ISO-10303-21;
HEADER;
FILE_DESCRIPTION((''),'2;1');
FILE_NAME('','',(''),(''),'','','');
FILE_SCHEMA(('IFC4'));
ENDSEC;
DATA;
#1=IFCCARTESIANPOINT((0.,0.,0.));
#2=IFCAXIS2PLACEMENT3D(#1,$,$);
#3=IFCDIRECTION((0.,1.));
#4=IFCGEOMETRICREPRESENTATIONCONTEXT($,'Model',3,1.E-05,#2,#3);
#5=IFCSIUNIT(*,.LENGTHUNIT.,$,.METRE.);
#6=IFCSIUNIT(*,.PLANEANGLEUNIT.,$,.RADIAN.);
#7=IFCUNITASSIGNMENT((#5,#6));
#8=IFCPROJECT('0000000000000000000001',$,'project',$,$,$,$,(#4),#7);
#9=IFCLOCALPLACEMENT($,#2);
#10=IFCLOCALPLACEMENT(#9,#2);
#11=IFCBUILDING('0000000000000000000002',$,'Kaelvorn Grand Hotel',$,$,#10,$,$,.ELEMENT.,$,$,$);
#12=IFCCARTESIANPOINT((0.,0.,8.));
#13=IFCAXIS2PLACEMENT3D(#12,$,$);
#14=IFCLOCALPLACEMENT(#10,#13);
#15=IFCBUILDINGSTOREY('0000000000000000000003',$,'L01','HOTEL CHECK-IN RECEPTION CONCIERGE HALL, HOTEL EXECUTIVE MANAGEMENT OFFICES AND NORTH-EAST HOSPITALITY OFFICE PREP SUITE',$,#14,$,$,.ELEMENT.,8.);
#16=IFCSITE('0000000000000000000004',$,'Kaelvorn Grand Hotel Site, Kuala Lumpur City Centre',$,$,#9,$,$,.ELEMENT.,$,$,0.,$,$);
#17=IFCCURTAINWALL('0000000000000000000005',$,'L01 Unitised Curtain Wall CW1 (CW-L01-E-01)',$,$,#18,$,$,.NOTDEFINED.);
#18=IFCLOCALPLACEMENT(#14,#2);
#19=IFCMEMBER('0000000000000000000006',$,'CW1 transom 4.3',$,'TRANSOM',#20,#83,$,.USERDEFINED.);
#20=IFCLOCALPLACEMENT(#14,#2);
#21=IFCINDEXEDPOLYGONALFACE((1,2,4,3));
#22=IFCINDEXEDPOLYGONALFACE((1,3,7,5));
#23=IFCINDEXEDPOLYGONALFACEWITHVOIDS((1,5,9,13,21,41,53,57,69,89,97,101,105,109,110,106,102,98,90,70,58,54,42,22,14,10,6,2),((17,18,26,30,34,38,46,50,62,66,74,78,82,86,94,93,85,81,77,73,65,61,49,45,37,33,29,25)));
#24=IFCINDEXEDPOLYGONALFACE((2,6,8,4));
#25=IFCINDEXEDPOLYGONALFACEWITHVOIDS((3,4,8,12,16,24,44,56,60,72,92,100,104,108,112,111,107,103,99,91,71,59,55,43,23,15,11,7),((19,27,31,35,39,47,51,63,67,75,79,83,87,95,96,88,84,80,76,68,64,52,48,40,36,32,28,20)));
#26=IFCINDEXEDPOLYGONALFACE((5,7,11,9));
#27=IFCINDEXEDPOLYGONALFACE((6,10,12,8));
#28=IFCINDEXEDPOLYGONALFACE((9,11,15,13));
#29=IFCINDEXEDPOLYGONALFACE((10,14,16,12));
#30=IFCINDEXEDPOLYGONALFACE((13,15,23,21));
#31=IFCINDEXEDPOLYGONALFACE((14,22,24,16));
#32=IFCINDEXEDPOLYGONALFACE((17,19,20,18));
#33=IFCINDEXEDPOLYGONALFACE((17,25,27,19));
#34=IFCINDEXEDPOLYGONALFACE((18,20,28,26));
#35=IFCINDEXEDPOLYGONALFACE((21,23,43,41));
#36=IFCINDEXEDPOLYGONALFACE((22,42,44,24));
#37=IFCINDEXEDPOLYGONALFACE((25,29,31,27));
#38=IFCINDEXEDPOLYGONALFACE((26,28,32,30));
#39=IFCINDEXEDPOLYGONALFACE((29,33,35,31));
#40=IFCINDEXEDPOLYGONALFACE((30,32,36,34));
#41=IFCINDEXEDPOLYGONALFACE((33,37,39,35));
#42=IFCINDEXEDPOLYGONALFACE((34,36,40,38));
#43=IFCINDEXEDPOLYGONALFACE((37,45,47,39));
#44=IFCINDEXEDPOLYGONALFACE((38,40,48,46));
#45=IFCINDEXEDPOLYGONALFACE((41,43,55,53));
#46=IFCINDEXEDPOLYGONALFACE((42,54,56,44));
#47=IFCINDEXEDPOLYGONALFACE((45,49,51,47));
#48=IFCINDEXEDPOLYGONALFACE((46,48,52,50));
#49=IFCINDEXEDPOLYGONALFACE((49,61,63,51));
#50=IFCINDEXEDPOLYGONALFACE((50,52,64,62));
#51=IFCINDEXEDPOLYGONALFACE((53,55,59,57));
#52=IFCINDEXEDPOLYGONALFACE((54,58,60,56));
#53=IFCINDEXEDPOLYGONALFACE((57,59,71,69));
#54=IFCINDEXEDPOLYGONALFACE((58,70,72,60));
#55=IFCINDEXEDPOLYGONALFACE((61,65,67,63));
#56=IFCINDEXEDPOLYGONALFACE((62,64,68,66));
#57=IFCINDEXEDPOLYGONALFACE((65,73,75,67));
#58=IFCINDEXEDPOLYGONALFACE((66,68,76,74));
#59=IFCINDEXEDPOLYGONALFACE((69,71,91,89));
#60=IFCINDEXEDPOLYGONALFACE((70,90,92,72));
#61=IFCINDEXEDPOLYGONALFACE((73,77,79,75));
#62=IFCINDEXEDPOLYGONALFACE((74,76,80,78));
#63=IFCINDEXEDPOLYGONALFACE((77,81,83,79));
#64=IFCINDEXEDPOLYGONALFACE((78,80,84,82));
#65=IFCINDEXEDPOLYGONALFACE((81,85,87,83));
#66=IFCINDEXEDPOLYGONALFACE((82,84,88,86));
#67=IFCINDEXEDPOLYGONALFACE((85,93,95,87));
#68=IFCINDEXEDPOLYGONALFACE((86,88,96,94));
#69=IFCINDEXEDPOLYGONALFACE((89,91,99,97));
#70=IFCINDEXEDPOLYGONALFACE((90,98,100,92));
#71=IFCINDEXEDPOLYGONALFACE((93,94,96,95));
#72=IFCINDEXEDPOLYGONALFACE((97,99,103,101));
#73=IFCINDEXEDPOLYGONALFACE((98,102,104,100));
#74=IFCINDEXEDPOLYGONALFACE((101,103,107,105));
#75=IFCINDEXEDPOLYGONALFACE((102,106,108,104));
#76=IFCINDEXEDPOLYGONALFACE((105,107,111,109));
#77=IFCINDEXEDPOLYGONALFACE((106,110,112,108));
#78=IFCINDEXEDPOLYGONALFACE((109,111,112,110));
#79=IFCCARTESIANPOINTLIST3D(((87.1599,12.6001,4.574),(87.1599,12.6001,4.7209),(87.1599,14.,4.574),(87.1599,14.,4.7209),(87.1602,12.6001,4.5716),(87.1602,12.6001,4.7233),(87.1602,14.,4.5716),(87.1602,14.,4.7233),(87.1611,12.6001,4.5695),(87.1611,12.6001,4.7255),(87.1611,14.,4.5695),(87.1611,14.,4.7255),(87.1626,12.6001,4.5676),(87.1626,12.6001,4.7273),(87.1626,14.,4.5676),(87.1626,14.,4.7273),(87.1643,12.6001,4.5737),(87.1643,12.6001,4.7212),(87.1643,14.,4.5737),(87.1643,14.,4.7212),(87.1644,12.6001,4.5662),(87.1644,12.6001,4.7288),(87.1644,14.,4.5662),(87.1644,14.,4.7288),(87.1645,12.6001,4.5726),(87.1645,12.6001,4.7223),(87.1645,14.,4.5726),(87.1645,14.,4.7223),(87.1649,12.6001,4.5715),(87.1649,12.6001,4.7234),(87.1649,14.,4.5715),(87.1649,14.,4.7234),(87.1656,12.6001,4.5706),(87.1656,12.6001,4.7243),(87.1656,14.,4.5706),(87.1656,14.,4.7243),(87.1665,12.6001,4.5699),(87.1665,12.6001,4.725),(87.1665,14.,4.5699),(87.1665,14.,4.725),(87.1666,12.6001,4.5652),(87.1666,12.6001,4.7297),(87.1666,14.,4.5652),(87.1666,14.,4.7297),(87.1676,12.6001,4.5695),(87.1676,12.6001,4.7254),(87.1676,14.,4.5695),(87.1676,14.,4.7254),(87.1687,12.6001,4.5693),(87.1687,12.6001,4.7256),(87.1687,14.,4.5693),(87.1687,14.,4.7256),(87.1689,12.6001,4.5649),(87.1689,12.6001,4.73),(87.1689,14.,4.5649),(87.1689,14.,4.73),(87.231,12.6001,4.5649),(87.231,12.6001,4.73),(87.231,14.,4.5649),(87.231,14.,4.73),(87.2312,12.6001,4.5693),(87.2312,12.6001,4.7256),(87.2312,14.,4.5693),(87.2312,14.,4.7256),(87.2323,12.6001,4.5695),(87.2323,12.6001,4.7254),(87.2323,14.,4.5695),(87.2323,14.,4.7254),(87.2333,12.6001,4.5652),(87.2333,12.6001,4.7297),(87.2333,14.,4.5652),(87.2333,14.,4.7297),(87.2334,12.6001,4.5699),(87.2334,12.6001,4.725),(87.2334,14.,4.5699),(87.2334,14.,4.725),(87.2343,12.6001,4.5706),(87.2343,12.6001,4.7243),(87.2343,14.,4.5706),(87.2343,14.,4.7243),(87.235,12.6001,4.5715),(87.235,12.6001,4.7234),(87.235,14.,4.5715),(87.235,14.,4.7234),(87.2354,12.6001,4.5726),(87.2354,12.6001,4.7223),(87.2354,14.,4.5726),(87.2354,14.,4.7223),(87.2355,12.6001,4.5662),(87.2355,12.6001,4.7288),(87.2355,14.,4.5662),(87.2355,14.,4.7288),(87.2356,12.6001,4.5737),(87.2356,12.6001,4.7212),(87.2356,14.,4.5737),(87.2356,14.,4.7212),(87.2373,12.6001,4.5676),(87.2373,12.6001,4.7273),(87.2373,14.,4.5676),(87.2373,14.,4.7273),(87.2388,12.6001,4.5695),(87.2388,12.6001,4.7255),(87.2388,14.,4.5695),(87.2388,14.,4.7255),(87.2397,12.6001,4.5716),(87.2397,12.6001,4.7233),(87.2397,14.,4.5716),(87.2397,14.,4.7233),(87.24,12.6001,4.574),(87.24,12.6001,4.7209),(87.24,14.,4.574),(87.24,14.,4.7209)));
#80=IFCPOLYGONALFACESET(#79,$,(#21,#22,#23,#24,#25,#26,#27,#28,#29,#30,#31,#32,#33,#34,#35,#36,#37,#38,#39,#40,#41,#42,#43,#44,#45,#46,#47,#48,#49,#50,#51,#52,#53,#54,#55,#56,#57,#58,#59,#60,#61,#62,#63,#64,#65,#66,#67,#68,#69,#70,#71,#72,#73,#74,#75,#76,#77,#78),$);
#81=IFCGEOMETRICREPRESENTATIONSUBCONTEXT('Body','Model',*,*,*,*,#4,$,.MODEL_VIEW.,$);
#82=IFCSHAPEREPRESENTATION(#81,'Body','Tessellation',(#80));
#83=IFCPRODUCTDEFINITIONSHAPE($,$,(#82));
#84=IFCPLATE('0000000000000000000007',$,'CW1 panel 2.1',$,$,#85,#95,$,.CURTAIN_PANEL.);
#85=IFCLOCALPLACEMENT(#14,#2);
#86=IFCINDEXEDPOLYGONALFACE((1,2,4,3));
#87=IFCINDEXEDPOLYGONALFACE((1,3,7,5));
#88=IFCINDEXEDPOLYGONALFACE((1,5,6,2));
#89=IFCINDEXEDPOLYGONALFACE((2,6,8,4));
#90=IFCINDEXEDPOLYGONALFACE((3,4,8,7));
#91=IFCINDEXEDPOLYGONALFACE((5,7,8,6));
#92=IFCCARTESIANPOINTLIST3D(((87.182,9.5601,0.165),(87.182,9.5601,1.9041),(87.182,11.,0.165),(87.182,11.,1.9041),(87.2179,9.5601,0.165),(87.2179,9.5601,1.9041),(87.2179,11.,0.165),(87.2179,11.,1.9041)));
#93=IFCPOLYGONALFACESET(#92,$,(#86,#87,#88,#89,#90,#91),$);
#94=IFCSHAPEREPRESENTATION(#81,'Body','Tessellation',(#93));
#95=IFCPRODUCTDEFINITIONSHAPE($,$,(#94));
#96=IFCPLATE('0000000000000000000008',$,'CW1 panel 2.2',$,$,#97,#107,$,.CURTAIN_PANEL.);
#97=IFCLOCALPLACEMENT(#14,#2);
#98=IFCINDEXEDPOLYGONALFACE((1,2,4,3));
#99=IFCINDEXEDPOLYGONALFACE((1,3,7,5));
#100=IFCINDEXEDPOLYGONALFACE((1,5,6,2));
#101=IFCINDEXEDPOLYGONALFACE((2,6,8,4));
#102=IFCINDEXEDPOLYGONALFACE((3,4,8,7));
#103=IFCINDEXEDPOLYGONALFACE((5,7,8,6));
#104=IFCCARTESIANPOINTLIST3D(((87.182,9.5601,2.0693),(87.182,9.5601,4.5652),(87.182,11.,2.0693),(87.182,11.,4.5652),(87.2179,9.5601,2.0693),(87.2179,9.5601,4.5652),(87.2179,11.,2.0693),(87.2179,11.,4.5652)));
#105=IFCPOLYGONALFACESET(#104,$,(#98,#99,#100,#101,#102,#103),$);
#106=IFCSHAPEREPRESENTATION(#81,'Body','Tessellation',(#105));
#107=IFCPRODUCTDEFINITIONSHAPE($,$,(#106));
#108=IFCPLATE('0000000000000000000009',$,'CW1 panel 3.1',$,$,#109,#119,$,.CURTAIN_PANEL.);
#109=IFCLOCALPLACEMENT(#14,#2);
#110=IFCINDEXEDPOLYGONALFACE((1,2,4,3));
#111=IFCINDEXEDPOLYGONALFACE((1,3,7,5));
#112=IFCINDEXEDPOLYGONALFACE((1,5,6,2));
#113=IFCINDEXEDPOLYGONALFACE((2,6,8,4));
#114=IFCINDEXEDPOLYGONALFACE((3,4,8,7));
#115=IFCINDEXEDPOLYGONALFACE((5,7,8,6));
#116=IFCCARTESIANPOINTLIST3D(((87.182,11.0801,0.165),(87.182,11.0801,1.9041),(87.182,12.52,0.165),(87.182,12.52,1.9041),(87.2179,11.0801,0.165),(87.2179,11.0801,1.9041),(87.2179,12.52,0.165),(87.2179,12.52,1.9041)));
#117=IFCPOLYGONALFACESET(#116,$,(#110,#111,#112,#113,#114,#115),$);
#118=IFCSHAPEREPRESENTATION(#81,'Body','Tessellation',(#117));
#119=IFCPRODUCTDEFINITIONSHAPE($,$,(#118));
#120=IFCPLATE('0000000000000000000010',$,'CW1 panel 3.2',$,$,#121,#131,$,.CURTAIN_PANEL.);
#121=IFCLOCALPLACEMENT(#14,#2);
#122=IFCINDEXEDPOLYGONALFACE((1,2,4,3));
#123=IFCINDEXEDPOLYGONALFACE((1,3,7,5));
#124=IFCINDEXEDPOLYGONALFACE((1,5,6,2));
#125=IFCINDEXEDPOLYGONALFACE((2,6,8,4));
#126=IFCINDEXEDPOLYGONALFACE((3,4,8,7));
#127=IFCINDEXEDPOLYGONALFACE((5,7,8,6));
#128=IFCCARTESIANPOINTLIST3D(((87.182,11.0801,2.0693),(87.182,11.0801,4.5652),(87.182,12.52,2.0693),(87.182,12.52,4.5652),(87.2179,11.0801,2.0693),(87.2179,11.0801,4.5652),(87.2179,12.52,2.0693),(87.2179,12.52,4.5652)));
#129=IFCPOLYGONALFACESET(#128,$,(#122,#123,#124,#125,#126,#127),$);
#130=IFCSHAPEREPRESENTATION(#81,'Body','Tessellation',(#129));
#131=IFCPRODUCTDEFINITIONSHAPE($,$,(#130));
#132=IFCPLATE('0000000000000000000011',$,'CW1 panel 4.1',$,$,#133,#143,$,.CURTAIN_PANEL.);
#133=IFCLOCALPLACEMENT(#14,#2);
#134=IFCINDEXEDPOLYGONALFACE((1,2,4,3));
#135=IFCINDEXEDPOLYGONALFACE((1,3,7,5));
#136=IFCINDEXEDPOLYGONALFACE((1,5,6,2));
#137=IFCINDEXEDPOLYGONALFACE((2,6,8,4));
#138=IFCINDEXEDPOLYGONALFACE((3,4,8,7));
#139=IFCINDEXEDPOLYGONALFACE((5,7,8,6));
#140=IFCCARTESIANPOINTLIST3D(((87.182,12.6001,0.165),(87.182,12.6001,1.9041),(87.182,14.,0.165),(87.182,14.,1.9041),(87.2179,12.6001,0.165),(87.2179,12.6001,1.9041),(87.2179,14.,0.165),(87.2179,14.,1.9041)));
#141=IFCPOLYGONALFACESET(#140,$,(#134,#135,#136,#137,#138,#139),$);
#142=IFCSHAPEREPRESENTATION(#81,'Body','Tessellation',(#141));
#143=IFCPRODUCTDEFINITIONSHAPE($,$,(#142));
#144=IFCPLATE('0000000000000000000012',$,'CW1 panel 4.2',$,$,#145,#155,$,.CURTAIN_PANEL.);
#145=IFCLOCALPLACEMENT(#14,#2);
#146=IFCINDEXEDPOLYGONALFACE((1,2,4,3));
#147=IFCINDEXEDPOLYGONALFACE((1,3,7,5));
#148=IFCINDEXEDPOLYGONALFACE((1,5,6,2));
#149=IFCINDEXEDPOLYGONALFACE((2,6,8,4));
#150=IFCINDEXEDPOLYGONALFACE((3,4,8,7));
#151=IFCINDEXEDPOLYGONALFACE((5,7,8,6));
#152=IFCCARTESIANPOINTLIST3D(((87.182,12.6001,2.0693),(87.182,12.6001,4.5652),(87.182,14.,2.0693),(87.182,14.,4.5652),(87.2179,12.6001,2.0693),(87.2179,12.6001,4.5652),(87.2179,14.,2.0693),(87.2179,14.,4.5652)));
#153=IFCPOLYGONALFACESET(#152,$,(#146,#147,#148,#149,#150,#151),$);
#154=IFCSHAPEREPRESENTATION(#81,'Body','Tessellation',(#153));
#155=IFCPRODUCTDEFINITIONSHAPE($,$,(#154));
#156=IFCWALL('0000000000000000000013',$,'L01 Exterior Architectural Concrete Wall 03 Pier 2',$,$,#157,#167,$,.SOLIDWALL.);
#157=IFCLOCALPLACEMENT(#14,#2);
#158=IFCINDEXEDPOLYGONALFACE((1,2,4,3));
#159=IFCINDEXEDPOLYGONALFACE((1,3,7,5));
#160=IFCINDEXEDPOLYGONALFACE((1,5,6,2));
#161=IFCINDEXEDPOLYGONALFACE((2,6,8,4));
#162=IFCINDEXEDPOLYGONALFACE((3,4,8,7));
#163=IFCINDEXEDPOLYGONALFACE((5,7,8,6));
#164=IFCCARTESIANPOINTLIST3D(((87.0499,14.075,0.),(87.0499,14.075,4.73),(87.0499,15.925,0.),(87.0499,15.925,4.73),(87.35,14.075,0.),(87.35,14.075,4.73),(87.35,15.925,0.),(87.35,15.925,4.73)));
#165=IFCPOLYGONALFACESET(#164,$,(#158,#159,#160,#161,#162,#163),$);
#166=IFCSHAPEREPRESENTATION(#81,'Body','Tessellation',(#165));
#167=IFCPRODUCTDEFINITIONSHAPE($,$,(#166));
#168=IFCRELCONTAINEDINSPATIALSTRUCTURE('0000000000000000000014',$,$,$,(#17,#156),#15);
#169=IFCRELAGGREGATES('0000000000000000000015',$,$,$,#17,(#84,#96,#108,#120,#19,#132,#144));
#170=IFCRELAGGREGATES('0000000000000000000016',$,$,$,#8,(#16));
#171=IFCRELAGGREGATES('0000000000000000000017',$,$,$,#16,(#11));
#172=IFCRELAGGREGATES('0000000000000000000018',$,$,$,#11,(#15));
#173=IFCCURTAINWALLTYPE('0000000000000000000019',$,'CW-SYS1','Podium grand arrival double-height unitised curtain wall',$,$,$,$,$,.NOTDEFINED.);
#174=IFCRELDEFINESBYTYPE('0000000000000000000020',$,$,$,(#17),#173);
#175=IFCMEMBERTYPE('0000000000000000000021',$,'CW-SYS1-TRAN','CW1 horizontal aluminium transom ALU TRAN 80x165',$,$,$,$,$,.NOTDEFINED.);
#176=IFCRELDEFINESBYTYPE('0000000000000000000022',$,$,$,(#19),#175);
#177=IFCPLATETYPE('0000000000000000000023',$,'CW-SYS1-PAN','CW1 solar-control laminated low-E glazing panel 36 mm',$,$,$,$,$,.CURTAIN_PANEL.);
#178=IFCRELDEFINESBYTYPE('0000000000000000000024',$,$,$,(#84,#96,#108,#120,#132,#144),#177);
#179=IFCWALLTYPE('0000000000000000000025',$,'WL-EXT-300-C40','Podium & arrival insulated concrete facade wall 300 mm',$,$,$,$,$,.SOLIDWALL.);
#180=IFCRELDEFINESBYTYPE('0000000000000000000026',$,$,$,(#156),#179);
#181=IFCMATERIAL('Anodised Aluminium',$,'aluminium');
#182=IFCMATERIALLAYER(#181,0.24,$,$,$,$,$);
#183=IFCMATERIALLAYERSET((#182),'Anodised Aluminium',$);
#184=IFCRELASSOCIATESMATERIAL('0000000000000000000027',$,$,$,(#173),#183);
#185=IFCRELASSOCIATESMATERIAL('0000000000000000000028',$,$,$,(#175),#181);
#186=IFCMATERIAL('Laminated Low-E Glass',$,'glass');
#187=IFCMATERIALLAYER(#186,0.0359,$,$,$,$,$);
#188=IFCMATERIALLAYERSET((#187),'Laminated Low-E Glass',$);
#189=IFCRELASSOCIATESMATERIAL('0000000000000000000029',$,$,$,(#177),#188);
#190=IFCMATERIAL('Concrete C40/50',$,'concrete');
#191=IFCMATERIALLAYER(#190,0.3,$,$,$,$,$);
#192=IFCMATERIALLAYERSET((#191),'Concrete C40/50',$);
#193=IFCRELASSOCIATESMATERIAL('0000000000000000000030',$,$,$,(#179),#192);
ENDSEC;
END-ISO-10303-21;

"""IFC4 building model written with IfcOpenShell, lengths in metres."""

from ifc_helpers import new_model, si_unit, direction, frame, frame_2d, origin, origin_2d, place, context, subcontext, project, spatial, rectangle, hollow_rectangle, extrude, material, layer, layer_set, material_profile, profile_set, type_object, element, aggregate, save


model = new_model("IFC4")

# Units and contexts
model_context = context("Model", 3, precision=1e-05, world=origin(), true_north=direction((0.0, 1.0)))
body_context = subcontext(model_context, "Body", "Model", "MODEL_VIEW")
ifc_project = project(units=[si_unit("LENGTHUNIT", "METRE"), si_unit("PLANEANGLEUNIT", "RADIAN")], contexts=[model_context])

# Site, building, storey
site_placement = place(None, origin())
site = spatial("IfcSite", under=ifc_project, at=site_placement, Name="Kaelvorn Grand Hotel Site, Kuala Lumpur City Centre", CompositionType="ELEMENT", RefElevation=0.0)
building_placement = place(site_placement, origin())
building = spatial("IfcBuilding", under=site, at=building_placement, Name="Kaelvorn Grand Hotel", CompositionType="ELEMENT")
storey_placement = place(building_placement, frame((0.0, 0.0, 8.0)))
storey = spatial("IfcBuildingStorey", under=building, at=storey_placement, Name="L01", Description="HOTEL CHECK-IN RECEPTION CONCIERGE HALL, HOTEL EXECUTIVE MANAGEMENT OFFICES AND NORTH-EAST HOSPITALITY OFFICE PREP SUITE", CompositionType="ELEMENT", Elevation=8.0)

# Curtain wall, member, plates
ifc_material_1 = material(Name="Anodised Aluminium", Category="aluminium")
ifc_layer_1 = layer(ifc_material_1, 0.24)
ifc_layer_set_1 = layer_set([ifc_layer_1], Name="Anodised Aluminium")
curtain_wall_type = type_object("IfcCurtainWallType", Name="CW-SYS1", Description="Podium grand arrival double-height unitised curtain wall", PredefinedType="NOTDEFINED", material=ifc_layer_set_1)
curtain_wall_placement = place(storey_placement, origin())
curtain_wall = element("IfcCurtainWall", 1, at=curtain_wall_placement, inside=storey, type_object=curtain_wall_type, Name="L01 Unitised Curtain Wall CW1 (CW-L01-E-01)", PredefinedType="NOTDEFINED")
ifc_material_profile_1 = material_profile(ifc_material_1, hollow_rectangle(XDim=0.0801, YDim=0.165, WallThickness=0.0044, InnerFilletRadius=0.0044, OuterFilletRadius=0.009, at=origin_2d()), Name="ALU TRAN 80x165")
ifc_profile_set_1 = profile_set([ifc_material_profile_1], Name="Anodised Aluminium")
member_type_1 = type_object("IfcMemberType", Name="CW-SYS1-TRAN", Description="CW1 horizontal aluminium transom ALU TRAN 80x165", PredefinedType="NOTDEFINED", material=ifc_profile_set_1)
member_1_placement = place(storey_placement, frame((87.2, 12.6001, 4.6475), z_axis=(0.0, 1.0, 0.0), x_axis=(-1.0, 0.0, 0.0)))
member_1 = element("IfcMember", 2, at=member_1_placement, type_object=member_type_1, Name="CW1 transom 4.3", ObjectType="TRANSOM", PredefinedType="USERDEFINED", context=body_context, shape_type="SweptSolid", body=[
    extrude(hollow_rectangle(XDim=0.0801, YDim=0.165, WallThickness=0.0044, InnerFilletRadius=0.0044, OuterFilletRadius=0.009, at=origin_2d()), origin(), (0.0, 0.0, 1.0), 1.3999),
])
ifc_material_2 = material(Name="Laminated Low-E Glass", Category="glass")
ifc_layer_2 = layer(ifc_material_2, 0.0359)
ifc_layer_set_2 = layer_set([ifc_layer_2], Name="Laminated Low-E Glass")
plate_type = type_object("IfcPlateType", Name="CW-SYS1-PAN", Description="CW1 solar-control laminated low-E glazing panel 36 mm", PredefinedType="CURTAIN_PANEL", material=ifc_layer_set_2)
plate_1_placement = place(storey_placement, frame((87.2, 10.28, 0.165), z_axis=(0.0, 0.0, 1.0), x_axis=(0.0, 1.0, 0.0)))
plate_1 = element("IfcPlate", 3, at=plate_1_placement, type_object=plate_type, Name="CW1 panel 2.1", PredefinedType="CURTAIN_PANEL", context=body_context, shape_type="SweptSolid", body=[
    extrude(rectangle(XDim=1.4399, YDim=0.0359, at=origin_2d()), origin(), (0.0, 0.0, 1.0), 1.739),
])
plate_2_placement = place(storey_placement, frame((87.2, 10.28, 2.0693), z_axis=(0.0, 0.0, 1.0), x_axis=(0.0, 1.0, 0.0)))
plate_2 = element("IfcPlate", 4, at=plate_2_placement, type_object=plate_type, Name="CW1 panel 2.2", PredefinedType="CURTAIN_PANEL", context=body_context, shape_type="SweptSolid", body=[
    extrude(rectangle(XDim=1.4399, YDim=0.0359, at=origin_2d()), origin(), (0.0, 0.0, 1.0), 2.4958),
])
plate_3_placement = place(storey_placement, frame((87.2, 11.8, 0.165), z_axis=(0.0, 0.0, 1.0), x_axis=(0.0, 1.0, 0.0)))
plate_3 = element("IfcPlate", 5, at=plate_3_placement, type_object=plate_type, Name="CW1 panel 3.1", PredefinedType="CURTAIN_PANEL", context=body_context, shape_type="SweptSolid", body=[
    extrude(rectangle(XDim=1.4399, YDim=0.0359, at=origin_2d()), origin(), (0.0, 0.0, 1.0), 1.739),
])
plate_4_placement = place(storey_placement, frame((87.2, 11.8, 2.0693), z_axis=(0.0, 0.0, 1.0), x_axis=(0.0, 1.0, 0.0)))
plate_4 = element("IfcPlate", 6, at=plate_4_placement, type_object=plate_type, Name="CW1 panel 3.2", PredefinedType="CURTAIN_PANEL", context=body_context, shape_type="SweptSolid", body=[
    extrude(rectangle(XDim=1.4399, YDim=0.0359, at=origin_2d()), origin(), (0.0, 0.0, 1.0), 2.4958),
])
plate_5_placement = place(storey_placement, frame((87.2, 13.3, 0.165), z_axis=(0.0, 0.0, 1.0), x_axis=(0.0, 1.0, 0.0)))
plate_5 = element("IfcPlate", 7, at=plate_5_placement, type_object=plate_type, Name="CW1 panel 4.1", PredefinedType="CURTAIN_PANEL", context=body_context, shape_type="SweptSolid", body=[
    extrude(rectangle(XDim=1.3999, YDim=0.0359, at=origin_2d()), origin(), (0.0, 0.0, 1.0), 1.739),
])
plate_6_placement = place(storey_placement, frame((87.2, 13.3, 2.0693), z_axis=(0.0, 0.0, 1.0), x_axis=(0.0, 1.0, 0.0)))
plate_6 = element("IfcPlate", 8, at=plate_6_placement, type_object=plate_type, Name="CW1 panel 4.2", PredefinedType="CURTAIN_PANEL", context=body_context, shape_type="SweptSolid", body=[
    extrude(rectangle(XDim=1.3999, YDim=0.0359, at=origin_2d()), origin(), (0.0, 0.0, 1.0), 2.4958),
])
aggregate(curtain_wall, [plate_1, plate_2, plate_3, plate_4, member_1, plate_5, plate_6])

# Wall
ifc_material_3 = material(Name="Concrete C40/50", Category="concrete")
ifc_layer_3 = layer(ifc_material_3, 0.3)
ifc_layer_set_3 = layer_set([ifc_layer_3], Name="Concrete C40/50")
wall_type = type_object("IfcWallType", Name="WL-EXT-300-C40", Description="Podium & arrival insulated concrete facade wall 300 mm", PredefinedType="SOLIDWALL", material=ifc_layer_set_3)
wall_placement = place(storey_placement, frame((87.2, 14.075, 0.0), z_axis=(0.0, 0.0, 1.0), x_axis=(0.0, 1.0, 0.0)))
element("IfcWall", 9, at=wall_placement, inside=storey, type_object=wall_type, Name="L01 Exterior Architectural Concrete Wall 03 Pier 2", PredefinedType="SOLIDWALL", context=body_context, shape_type="SweptSolid", body=[
    extrude(rectangle(XDim=1.8501, YDim=0.3, at=frame_2d((0.925, 0.0))), origin(), (0.0, 0.0, 1.0), 4.73),
])

save(model, "model.ifc")
